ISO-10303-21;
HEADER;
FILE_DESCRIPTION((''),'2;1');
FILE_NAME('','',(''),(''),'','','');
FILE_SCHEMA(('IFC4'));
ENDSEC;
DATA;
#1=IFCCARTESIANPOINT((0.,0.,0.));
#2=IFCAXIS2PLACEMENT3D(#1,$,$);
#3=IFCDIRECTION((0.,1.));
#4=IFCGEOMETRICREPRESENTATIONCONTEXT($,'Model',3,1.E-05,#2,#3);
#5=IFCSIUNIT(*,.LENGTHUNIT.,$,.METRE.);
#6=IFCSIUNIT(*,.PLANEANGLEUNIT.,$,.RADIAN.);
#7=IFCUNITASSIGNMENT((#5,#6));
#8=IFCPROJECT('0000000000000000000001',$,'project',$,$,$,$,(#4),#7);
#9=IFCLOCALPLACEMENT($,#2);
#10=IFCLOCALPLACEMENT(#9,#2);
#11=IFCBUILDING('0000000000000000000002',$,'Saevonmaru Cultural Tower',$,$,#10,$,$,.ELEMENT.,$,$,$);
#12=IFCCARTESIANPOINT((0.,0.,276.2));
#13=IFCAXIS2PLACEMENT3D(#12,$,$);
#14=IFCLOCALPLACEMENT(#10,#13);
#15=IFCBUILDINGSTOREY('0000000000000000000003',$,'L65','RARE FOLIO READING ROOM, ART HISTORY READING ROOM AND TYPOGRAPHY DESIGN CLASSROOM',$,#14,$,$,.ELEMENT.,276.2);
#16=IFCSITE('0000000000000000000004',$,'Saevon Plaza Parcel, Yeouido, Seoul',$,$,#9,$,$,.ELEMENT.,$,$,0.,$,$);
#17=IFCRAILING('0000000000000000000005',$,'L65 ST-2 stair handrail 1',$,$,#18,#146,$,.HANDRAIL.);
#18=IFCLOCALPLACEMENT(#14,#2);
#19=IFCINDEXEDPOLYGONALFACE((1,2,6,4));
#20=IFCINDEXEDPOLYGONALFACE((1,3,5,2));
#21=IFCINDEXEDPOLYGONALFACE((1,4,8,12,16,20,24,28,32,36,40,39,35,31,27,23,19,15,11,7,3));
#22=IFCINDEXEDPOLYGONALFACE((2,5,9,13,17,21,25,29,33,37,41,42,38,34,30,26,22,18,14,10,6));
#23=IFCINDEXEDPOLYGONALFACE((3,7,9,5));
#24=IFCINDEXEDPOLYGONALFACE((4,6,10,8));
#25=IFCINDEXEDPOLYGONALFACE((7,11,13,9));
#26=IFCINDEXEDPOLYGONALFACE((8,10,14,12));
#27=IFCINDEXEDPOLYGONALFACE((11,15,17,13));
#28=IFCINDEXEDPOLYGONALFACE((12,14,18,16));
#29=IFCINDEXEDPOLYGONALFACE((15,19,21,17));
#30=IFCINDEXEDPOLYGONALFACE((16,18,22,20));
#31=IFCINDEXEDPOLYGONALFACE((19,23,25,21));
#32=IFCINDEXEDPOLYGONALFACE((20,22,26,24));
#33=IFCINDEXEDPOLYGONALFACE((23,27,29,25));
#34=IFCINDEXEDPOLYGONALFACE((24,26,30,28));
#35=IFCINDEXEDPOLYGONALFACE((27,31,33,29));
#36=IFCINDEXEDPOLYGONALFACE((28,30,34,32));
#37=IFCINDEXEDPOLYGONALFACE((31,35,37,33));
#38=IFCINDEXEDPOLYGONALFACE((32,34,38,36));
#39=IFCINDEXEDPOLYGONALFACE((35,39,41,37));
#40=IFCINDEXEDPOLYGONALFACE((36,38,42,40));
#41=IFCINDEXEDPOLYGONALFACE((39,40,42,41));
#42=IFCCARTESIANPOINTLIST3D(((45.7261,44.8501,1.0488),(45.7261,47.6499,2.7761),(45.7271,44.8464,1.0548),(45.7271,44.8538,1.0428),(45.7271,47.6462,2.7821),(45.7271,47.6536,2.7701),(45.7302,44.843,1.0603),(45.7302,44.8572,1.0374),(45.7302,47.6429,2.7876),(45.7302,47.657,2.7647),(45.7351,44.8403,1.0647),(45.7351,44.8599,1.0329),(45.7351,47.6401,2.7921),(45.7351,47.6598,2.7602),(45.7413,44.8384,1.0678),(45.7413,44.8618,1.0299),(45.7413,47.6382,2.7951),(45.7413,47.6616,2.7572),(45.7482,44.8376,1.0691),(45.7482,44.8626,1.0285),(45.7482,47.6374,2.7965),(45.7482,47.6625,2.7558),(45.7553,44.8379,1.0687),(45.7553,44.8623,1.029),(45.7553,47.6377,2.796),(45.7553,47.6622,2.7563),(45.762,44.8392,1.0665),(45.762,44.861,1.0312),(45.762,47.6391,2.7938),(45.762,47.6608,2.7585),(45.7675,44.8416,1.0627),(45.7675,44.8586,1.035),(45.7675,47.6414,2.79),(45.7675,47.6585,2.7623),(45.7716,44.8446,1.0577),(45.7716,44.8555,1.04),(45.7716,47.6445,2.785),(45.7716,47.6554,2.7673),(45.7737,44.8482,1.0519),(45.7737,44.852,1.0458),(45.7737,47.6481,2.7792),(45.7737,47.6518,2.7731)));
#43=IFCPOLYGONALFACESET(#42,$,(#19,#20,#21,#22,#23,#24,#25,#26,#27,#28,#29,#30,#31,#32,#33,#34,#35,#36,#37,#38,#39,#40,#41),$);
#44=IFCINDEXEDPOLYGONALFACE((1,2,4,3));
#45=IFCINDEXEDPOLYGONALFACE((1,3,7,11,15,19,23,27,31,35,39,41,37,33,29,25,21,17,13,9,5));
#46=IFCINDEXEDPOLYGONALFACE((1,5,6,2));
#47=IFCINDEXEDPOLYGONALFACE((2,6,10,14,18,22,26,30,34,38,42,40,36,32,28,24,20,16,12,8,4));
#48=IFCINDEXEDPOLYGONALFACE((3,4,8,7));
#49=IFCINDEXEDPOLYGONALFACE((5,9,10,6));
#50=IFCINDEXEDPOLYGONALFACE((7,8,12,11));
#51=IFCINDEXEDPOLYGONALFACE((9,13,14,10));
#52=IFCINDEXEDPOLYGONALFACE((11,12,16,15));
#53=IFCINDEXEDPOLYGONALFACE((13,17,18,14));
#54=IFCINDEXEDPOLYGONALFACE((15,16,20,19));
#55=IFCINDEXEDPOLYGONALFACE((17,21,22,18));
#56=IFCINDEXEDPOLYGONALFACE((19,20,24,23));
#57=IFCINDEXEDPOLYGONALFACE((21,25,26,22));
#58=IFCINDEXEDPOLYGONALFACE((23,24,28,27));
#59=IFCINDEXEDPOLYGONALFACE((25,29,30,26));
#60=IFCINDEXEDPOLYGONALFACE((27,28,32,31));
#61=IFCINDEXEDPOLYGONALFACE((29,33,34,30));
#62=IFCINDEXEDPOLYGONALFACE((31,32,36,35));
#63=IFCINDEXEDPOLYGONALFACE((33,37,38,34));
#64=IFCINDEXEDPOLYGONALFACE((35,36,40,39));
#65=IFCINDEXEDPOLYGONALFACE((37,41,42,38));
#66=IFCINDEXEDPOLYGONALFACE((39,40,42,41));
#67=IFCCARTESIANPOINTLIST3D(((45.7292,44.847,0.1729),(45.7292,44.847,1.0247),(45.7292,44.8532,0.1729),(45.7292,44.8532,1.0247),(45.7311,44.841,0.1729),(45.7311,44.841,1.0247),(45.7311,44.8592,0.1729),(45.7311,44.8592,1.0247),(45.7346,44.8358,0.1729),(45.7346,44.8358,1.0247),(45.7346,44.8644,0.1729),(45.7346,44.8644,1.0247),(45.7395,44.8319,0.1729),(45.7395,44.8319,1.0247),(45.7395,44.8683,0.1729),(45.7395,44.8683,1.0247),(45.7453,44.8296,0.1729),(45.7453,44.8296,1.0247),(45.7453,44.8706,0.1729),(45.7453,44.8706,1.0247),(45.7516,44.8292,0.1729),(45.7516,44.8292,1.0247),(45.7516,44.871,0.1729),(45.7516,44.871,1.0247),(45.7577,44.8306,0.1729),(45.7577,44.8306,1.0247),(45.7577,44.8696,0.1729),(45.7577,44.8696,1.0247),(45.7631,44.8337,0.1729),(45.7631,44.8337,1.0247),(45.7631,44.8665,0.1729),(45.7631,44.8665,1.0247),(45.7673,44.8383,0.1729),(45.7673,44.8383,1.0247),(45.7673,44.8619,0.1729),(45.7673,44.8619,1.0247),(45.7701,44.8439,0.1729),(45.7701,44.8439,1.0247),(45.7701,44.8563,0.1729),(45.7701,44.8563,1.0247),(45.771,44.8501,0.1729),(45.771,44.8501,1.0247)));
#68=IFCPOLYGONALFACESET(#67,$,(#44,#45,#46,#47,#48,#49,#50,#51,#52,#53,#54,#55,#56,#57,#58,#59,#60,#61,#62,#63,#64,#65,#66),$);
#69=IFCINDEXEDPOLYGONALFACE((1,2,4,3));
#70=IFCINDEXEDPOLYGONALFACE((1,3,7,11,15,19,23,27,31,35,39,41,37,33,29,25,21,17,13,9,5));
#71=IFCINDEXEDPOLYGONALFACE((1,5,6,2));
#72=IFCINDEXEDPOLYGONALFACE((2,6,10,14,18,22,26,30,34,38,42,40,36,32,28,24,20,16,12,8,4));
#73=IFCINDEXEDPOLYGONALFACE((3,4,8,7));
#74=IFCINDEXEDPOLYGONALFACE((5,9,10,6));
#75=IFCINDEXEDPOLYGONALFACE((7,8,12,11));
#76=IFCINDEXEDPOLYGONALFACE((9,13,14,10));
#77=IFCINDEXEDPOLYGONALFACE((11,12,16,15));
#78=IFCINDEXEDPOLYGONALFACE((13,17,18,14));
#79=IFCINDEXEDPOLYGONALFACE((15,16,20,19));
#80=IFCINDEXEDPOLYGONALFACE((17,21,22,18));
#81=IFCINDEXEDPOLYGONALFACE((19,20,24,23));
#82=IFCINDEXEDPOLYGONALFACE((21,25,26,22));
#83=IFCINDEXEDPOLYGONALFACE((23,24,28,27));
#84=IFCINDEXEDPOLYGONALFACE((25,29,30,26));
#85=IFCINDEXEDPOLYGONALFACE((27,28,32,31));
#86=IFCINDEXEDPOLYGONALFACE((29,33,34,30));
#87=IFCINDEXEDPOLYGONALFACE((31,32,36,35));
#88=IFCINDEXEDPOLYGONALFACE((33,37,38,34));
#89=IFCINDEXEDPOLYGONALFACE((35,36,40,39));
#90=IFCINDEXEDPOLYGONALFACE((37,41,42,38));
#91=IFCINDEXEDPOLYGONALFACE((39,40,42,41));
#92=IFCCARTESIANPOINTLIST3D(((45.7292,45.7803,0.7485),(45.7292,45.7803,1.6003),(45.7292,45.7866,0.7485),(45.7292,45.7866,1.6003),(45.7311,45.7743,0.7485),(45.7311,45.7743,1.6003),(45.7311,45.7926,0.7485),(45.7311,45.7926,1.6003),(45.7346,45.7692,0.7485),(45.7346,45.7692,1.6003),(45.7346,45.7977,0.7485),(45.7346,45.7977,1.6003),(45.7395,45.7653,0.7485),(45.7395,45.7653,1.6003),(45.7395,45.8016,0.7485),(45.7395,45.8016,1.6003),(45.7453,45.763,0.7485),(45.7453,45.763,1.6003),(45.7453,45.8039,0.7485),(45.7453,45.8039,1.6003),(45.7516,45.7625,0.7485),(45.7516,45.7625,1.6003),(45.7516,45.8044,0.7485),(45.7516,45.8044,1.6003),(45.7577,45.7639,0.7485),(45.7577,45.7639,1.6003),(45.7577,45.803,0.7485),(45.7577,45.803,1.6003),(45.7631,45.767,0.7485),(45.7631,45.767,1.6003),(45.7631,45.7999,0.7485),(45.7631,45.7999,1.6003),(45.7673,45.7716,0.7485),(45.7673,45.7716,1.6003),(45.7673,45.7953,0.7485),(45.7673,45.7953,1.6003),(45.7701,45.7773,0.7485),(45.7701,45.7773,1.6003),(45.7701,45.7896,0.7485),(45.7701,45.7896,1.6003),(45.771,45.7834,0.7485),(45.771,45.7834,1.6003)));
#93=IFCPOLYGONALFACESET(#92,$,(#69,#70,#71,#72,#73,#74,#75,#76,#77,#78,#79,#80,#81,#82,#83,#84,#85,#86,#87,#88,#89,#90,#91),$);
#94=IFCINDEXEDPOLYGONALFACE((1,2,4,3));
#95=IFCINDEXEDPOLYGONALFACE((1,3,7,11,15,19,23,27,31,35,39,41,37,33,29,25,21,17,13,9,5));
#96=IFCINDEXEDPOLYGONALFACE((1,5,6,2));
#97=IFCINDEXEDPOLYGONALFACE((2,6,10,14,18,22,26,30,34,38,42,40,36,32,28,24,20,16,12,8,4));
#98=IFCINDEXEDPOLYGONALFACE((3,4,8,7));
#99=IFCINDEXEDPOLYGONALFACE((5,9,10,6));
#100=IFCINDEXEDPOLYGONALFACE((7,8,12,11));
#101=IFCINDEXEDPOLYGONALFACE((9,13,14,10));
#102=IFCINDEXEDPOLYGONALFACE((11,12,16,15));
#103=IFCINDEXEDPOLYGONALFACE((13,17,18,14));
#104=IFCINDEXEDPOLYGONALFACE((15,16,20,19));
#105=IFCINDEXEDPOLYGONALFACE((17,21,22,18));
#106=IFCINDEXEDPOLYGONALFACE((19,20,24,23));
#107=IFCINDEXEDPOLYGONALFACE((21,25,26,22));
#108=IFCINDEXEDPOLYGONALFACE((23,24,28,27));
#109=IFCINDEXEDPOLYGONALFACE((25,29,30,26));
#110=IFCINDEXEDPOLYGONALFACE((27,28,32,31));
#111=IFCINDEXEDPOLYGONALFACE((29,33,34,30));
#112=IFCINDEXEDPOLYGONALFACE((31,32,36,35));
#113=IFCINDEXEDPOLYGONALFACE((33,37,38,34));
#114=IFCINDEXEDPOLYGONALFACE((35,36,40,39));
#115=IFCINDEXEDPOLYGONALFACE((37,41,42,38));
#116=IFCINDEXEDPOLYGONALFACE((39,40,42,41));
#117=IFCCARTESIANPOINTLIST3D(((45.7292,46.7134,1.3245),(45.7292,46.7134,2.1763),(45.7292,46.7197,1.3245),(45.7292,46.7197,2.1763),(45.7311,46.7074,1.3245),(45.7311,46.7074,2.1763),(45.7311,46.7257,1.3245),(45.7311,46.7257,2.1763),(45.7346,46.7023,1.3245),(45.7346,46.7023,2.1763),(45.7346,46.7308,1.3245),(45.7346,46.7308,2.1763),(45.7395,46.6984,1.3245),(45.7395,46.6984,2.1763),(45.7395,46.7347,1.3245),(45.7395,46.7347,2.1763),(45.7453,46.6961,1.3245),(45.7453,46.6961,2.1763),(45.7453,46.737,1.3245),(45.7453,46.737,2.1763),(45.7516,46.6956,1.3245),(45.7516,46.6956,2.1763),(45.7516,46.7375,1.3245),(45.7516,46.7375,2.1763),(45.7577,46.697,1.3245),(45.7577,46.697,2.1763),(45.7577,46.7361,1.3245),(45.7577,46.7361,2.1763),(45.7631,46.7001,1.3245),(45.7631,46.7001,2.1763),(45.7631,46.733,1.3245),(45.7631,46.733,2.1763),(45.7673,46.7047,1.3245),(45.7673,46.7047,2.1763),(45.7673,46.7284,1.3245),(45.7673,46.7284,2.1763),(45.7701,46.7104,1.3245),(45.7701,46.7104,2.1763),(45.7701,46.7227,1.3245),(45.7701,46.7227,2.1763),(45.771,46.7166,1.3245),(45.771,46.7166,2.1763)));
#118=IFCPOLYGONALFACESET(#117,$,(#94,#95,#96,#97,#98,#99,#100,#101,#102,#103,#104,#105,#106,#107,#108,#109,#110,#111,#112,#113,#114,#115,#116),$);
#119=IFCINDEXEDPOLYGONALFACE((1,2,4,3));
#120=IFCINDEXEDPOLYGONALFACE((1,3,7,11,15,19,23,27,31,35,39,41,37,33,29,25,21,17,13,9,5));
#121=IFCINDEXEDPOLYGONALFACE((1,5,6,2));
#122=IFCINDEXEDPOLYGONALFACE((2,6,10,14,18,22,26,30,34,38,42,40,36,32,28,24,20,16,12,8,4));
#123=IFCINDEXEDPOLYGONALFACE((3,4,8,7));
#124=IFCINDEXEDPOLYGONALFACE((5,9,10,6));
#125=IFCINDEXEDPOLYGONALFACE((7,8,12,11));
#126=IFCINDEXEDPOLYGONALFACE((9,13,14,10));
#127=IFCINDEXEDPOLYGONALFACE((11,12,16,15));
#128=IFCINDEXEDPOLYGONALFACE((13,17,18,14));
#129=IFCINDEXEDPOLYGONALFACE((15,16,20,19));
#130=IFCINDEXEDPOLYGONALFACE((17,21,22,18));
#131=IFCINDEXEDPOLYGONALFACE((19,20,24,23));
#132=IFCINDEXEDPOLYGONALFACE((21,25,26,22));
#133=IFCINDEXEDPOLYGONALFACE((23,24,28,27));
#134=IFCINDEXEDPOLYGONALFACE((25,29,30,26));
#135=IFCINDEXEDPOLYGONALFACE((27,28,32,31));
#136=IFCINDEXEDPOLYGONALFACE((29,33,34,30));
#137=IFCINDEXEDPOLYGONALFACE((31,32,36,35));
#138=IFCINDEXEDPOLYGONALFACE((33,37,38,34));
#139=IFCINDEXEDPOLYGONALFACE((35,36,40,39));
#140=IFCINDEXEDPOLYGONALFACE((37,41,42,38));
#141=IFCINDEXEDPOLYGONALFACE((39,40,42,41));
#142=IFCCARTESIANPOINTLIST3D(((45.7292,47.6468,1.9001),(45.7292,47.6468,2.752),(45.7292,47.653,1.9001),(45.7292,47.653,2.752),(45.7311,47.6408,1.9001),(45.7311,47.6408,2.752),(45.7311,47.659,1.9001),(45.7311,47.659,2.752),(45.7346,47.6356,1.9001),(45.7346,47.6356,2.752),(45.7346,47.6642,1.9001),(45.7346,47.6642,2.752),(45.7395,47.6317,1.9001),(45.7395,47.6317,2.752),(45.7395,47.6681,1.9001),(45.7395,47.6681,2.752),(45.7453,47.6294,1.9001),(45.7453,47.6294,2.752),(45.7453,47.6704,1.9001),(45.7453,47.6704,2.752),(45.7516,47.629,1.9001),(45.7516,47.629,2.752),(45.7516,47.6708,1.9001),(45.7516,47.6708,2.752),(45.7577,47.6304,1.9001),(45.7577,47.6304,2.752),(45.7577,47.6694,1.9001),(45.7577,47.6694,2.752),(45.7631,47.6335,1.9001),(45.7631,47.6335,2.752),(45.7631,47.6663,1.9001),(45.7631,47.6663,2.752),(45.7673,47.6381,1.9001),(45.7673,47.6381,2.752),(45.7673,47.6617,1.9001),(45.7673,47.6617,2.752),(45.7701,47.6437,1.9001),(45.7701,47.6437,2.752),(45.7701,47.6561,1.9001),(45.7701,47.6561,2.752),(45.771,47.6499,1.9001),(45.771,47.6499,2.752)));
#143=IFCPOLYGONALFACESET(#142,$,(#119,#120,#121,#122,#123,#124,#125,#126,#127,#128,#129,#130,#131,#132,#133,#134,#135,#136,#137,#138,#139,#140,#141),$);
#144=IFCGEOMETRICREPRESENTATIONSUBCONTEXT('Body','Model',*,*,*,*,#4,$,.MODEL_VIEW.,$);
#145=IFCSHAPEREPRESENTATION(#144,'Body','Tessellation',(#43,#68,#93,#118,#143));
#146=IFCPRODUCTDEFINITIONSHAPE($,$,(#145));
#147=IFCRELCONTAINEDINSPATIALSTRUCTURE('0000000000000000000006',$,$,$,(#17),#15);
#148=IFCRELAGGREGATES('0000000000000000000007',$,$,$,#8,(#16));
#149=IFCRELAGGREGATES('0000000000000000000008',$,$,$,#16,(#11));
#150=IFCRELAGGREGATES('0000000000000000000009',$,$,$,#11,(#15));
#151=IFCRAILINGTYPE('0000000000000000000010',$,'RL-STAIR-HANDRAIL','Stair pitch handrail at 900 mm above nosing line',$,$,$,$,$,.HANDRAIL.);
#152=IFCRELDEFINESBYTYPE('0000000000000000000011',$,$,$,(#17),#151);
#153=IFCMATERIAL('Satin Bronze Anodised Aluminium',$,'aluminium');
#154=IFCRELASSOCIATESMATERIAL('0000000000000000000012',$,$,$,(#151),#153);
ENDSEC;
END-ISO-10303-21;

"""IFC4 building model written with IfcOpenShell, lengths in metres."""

from ifc_helpers import new_model, si_unit, direction, frame, origin, origin_2d, place, context, subcontext, project, spatial, circle, extrude, material, type_object, element, save


model = new_model("IFC4")

# Units and contexts
model_context = context("Model", 3, precision=1e-05, world=origin(), true_north=direction((0.0, 1.0)))
body_context = subcontext(model_context, "Body", "Model", "MODEL_VIEW")
ifc_project = project(units=[si_unit("LENGTHUNIT", "METRE"), si_unit("PLANEANGLEUNIT", "RADIAN")], contexts=[model_context])

# Site, building, storey
site_placement = place(None, origin())
site = spatial("IfcSite", under=ifc_project, at=site_placement, Name="Saevon Plaza Parcel, Yeouido, Seoul", CompositionType="ELEMENT", RefElevation=0.0)
building_placement = place(site_placement, origin())
building = spatial("IfcBuilding", under=site, at=building_placement, Name="Saevonmaru Cultural Tower", CompositionType="ELEMENT")
storey_placement = place(building_placement, frame((0.0, 0.0, 276.2)))
storey = spatial("IfcBuildingStorey", under=building, at=storey_placement, Name="L65", Description="RARE FOLIO READING ROOM, ART HISTORY READING ROOM AND TYPOGRAPHY DESIGN CLASSROOM", CompositionType="ELEMENT", Elevation=276.2)

# Shared definitions
ifc_material_1 = material(Name="Satin Bronze Anodised Aluminium", Category="aluminium")

# Railing
railing_type_1 = type_object("IfcRailingType", Name="RL-STAIR-HANDRAIL", Description="Stair pitch handrail at 900 mm above nosing line", PredefinedType="HANDRAIL", material=ifc_material_1)
railing_1_placement = place(storey_placement, frame((45.75, 44.8501, 0.1729)))
element("IfcRailing", 1, at=railing_1_placement, inside=storey, type_object=railing_type_1, Name="L65 ST-2 stair handrail 1", PredefinedType="HANDRAIL", context=body_context, shape_type="SweptSolid", body=[
    extrude(circle(Radius=0.0239, at=origin_2d()), frame((0.0, 0.0, 0.876), z_axis=(0.0, 0.851069, 0.525054), x_axis=(-1.0, 0.0, 0.0)), (0.0, 0.0, 1.0), 3.2898),
    extrude(circle(Radius=0.021, at=origin_2d()), origin(), (0.0, 0.0, 1.0), 0.8518),
    extrude(circle(Radius=0.021, at=origin_2d()), frame((0.0, 0.9333, 0.5757)), (0.0, 0.0, 1.0), 0.8518),
    extrude(circle(Radius=0.021, at=origin_2d()), frame((0.0, 1.8665, 1.1516)), (0.0, 0.0, 1.0), 0.8518),
    extrude(circle(Radius=0.021, at=origin_2d()), frame((0.0, 2.7998, 1.7273)), (0.0, 0.0, 1.0), 0.8518),
])

save(model, "model.ifc")
